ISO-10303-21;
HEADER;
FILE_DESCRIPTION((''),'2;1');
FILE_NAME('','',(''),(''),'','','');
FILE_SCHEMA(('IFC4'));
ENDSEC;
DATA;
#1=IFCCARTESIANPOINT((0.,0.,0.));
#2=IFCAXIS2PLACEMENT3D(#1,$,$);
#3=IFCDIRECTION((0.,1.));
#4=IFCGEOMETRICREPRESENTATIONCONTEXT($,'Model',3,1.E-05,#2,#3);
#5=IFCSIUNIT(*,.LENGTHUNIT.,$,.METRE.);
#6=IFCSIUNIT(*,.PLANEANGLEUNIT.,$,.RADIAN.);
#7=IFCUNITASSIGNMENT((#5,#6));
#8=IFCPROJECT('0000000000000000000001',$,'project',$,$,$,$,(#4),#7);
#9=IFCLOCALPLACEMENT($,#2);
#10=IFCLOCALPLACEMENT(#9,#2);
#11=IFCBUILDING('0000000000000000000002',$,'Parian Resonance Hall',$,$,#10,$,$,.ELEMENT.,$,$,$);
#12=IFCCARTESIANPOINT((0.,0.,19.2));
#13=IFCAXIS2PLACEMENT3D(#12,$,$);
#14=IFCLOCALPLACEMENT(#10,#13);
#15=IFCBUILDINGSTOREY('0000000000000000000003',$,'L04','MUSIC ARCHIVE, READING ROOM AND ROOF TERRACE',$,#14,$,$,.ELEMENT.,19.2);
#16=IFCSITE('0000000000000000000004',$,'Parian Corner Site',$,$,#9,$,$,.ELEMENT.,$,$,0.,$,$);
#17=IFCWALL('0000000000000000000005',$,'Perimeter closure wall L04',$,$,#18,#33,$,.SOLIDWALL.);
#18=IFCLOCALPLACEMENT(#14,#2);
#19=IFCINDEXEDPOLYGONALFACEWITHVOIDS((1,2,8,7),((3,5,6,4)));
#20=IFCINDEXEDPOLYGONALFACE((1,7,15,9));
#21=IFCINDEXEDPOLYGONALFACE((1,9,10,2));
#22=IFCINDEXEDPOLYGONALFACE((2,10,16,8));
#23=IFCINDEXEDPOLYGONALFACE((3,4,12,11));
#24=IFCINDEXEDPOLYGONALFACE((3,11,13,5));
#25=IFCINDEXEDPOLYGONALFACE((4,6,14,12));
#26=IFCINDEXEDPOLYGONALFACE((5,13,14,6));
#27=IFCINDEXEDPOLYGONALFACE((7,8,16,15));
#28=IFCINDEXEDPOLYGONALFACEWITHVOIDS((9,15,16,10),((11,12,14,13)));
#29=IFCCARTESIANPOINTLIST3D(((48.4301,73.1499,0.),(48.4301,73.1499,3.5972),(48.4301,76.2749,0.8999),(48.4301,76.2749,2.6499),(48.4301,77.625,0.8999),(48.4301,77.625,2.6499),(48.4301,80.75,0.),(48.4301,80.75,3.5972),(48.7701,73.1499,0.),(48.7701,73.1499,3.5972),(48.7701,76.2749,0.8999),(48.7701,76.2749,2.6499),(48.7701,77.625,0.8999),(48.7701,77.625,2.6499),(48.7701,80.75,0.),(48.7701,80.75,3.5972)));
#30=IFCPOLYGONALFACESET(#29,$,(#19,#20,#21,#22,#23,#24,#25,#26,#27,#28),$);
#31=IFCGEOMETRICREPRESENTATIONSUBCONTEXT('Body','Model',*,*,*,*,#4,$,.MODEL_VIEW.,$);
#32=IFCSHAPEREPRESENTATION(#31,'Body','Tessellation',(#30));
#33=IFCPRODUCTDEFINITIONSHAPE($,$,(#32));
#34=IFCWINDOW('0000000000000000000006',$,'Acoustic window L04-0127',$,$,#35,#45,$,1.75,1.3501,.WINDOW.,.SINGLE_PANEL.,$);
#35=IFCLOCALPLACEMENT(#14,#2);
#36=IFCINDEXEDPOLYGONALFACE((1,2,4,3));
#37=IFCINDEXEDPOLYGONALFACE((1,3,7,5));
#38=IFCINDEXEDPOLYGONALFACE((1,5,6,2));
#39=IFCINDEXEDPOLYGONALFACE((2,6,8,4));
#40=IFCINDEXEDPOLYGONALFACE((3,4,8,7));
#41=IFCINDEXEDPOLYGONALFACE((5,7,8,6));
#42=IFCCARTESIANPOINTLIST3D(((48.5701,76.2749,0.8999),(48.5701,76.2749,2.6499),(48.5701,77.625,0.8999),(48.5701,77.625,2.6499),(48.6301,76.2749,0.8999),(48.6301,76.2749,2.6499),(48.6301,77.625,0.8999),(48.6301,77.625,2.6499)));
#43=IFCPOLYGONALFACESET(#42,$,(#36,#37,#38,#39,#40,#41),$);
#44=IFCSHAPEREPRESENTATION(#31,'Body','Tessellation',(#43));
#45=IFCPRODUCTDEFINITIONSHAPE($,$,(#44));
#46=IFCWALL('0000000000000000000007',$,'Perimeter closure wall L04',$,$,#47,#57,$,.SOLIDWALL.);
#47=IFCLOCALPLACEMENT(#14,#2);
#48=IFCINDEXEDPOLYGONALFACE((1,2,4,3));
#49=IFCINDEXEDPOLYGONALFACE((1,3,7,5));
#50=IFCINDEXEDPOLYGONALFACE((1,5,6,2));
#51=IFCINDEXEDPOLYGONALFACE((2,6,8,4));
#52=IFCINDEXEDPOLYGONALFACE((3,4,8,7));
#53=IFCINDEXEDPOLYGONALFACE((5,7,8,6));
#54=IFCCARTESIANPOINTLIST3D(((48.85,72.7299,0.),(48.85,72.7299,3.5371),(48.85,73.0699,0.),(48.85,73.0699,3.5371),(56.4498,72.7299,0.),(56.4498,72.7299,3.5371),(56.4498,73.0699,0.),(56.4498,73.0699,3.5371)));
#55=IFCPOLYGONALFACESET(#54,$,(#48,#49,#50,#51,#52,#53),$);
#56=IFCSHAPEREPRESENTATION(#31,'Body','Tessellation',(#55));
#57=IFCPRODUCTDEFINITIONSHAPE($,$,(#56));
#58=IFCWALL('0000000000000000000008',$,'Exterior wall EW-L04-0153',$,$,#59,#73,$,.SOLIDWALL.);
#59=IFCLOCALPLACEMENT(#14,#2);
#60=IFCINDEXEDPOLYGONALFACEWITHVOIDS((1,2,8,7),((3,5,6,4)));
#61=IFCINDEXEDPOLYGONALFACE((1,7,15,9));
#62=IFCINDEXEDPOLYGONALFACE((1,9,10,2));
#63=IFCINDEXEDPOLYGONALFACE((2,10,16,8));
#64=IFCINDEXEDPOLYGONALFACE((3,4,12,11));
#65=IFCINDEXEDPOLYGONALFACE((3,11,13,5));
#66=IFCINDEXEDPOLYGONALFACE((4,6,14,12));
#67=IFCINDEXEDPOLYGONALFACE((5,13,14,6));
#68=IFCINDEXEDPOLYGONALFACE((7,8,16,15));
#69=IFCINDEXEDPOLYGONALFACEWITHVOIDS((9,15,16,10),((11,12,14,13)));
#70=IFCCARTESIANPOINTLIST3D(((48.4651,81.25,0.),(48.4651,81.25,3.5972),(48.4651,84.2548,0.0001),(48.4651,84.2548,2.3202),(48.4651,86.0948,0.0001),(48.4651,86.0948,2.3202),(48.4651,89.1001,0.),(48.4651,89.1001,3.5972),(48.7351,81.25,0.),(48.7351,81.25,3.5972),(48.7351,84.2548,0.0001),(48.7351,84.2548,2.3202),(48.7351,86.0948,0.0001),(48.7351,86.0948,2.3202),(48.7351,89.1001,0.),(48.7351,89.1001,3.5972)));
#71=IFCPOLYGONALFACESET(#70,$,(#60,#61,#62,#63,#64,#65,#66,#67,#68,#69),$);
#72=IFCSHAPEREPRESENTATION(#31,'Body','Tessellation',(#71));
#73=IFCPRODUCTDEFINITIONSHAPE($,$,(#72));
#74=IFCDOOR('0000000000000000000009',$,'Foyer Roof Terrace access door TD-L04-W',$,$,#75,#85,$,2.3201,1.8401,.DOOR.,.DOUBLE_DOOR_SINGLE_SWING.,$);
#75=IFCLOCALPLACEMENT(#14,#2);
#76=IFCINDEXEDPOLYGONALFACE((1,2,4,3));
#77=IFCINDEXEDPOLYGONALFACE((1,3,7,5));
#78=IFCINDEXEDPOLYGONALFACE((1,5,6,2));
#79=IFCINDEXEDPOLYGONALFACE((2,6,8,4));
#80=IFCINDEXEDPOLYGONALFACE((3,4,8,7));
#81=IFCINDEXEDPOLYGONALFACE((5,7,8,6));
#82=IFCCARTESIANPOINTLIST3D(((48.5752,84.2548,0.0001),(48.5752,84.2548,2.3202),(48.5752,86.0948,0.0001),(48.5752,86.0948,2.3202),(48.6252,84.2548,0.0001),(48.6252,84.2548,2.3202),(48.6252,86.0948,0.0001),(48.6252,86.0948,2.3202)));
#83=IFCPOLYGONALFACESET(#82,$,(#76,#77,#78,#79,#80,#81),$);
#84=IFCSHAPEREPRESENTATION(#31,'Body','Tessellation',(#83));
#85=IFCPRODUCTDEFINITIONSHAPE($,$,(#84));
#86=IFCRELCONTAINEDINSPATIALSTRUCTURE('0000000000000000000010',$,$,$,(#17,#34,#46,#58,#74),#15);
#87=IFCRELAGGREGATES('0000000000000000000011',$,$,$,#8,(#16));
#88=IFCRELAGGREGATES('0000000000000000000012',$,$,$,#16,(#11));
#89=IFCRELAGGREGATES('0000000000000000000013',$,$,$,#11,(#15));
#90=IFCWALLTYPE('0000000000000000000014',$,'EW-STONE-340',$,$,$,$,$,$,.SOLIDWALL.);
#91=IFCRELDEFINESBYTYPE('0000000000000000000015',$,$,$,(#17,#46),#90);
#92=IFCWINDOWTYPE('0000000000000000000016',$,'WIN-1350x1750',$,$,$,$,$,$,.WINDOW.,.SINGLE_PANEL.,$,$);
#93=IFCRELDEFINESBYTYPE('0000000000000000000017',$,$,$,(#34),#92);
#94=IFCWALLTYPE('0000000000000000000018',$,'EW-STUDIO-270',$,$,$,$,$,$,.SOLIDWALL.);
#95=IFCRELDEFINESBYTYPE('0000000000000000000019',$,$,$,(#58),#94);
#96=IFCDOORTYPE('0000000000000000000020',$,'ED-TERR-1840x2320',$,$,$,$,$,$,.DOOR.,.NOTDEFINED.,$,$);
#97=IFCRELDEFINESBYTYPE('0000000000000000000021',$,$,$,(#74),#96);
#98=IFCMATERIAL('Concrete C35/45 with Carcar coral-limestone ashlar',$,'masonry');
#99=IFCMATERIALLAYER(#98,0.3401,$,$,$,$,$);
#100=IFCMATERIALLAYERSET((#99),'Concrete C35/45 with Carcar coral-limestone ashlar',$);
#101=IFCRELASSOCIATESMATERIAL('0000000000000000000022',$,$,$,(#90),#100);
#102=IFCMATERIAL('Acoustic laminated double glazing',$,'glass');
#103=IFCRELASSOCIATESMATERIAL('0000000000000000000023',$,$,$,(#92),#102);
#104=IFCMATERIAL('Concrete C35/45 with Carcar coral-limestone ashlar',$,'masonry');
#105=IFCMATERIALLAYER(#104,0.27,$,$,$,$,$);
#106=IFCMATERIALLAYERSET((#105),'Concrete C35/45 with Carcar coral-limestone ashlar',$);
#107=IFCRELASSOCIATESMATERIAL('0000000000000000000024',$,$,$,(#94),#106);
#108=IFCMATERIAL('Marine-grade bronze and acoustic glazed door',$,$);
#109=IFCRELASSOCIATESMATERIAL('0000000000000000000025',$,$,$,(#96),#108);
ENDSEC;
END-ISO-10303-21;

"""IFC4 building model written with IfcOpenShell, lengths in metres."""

from ifc_helpers import new_model, si_unit, direction, frame, frame_2d, origin, place, context, subcontext, project, spatial, rectangle, extrude, material, layer, layer_set, type_object, element, fill, save


model = new_model("IFC4")

# Units and contexts
model_context = context("Model", 3, precision=1e-05, world=origin(), true_north=direction((0.0, 1.0)))
body_context = subcontext(model_context, "Body", "Model", "MODEL_VIEW")
ifc_project = project(units=[si_unit("LENGTHUNIT", "METRE"), si_unit("PLANEANGLEUNIT", "RADIAN")], contexts=[model_context])

# Site, building, storey
site_placement = place(None, origin())
site = spatial("IfcSite", under=ifc_project, at=site_placement, Name="Parian Corner Site", CompositionType="ELEMENT", RefElevation=0.0)
building_placement = place(site_placement, origin())
building = spatial("IfcBuilding", under=site, at=building_placement, Name="Parian Resonance Hall", CompositionType="ELEMENT")
storey_placement = place(building_placement, frame((0.0, 0.0, 19.2)))
storey = spatial("IfcBuildingStorey", under=building, at=storey_placement, Name="L04", Description="MUSIC ARCHIVE, READING ROOM AND ROOF TERRACE", CompositionType="ELEMENT", Elevation=19.2)

# Wall, opening, window
ifc_material_1 = material(Name="Concrete C35/45 with Carcar coral-limestone ashlar", Category="masonry")
ifc_layer_1 = layer(ifc_material_1, 0.3401)
ifc_layer_set_1 = layer_set([ifc_layer_1], Name="Concrete C35/45 with Carcar coral-limestone ashlar")
wall_type_1 = type_object("IfcWallType", Name="EW-STONE-340", PredefinedType="SOLIDWALL", material=ifc_layer_set_1)
wall_1_placement = place(storey_placement, frame((48.6001, 80.75, 0.0), z_axis=(0.0, 0.0, 1.0), x_axis=(0.0, -1.0, 0.0)))
wall_1 = element("IfcWall", 1, at=wall_1_placement, inside=storey, type_object=wall_type_1, Name="Perimeter closure wall L04", PredefinedType="SOLIDWALL", context=body_context, shape_type="SweptSolid", body=[
    extrude(rectangle(XDim=7.6001, YDim=0.3401, at=frame_2d((3.8, 0.0))), origin(), (0.0, 0.0, 1.0), 3.5972),
])
opening_1_placement = place(wall_1_placement, frame((3.125, 0.0, 0.8999)))
opening_1 = element("IfcOpeningElement", 2, at=opening_1_placement, cuts=wall_1, PredefinedType="OPENING", context=body_context, shape_type="SweptSolid", body=[
    extrude(rectangle(XDim=1.3501, YDim=1.75, at=frame_2d((0.675, 0.875))), frame((0.0, 0.1799, 0.0), z_axis=(0.0, -1.0, 0.0), x_axis=(1.0, 0.0, 0.0)), (0.0, 0.0, 1.0), 0.3601),
])
ifc_material_2 = material(Name="Acoustic laminated double glazing", Category="glass")
window_type = type_object("IfcWindowType", Name="WIN-1350x1750", PartitioningType="SINGLE_PANEL", PredefinedType="WINDOW", material=ifc_material_2)
window_placement = place(opening_1_placement, origin())
window = element("IfcWindow", 3, at=window_placement, inside=storey, type_object=window_type, Name="Acoustic window L04-0127", OverallHeight=1.75, OverallWidth=1.3501, PartitioningType="SINGLE_PANEL", PredefinedType="WINDOW", context=body_context, shape_type="SweptSolid", body=[
    extrude(rectangle(XDim=1.3501, YDim=1.75, at=frame_2d((0.675, 0.875))), frame((0.0, 0.03, 0.0), z_axis=(0.0, -1.0, 0.0), x_axis=(1.0, 0.0, 0.0)), (0.0, 0.0, 1.0), 0.0601),
])
fill(opening_1, window)

# Wall
wall_2_placement = place(storey_placement, frame((48.8501, 72.8999, 0.0), z_axis=(0.0, 0.0, 1.0), x_axis=(1.0, 0.0, 0.0)))
element("IfcWall", 4, at=wall_2_placement, inside=storey, type_object=wall_type_1, Name="Perimeter closure wall L04", PredefinedType="SOLIDWALL", context=body_context, shape_type="SweptSolid", body=[
    extrude(rectangle(XDim=7.5999, YDim=0.3401, at=frame_2d((3.7998, 0.0))), origin(), (0.0, 0.0, 1.0), 3.5371),
])

# Wall, opening, door
ifc_material_3 = material(Name="Concrete C35/45 with Carcar coral-limestone ashlar", Category="masonry")
ifc_layer_2 = layer(ifc_material_3, 0.27)
ifc_layer_set_2 = layer_set([ifc_layer_2], Name="Concrete C35/45 with Carcar coral-limestone ashlar")
wall_type_2 = type_object("IfcWallType", Name="EW-STUDIO-270", PredefinedType="SOLIDWALL", material=ifc_layer_set_2)
wall_3_placement = place(storey_placement, frame((48.6001, 81.25, 0.0), z_axis=(0.0, 0.0, 1.0), x_axis=(0.0, 1.0, 0.0)))
wall_3 = element("IfcWall", 5, at=wall_3_placement, inside=storey, type_object=wall_type_2, Name="Exterior wall EW-L04-0153", PredefinedType="SOLIDWALL", context=body_context, shape_type="SweptSolid", body=[
    extrude(rectangle(XDim=7.8501, YDim=0.27, at=frame_2d((3.925, 0.0))), origin(), (0.0, 0.0, 1.0), 3.5972),
])
opening_2_placement = place(wall_3_placement, frame((3.0049, 0.0, 0.0)))
opening_2 = element("IfcOpeningElement", 6, at=opening_2_placement, cuts=wall_3, PredefinedType="OPENING", context=body_context, shape_type="SweptSolid", body=[
    extrude(rectangle(XDim=1.8401, YDim=2.3201, at=frame_2d((0.9199, 1.1602))), frame((0.0, 0.145, 0.0), z_axis=(0.0, -1.0, 0.0), x_axis=(1.0, 0.0, 0.0)), (0.0, 0.0, 1.0), 0.29),
])
ifc_material_4 = material(Name="Marine-grade bronze and acoustic glazed door")
door_type = type_object("IfcDoorType", Name="ED-TERR-1840x2320", OperationType="NOTDEFINED", PredefinedType="DOOR", material=ifc_material_4)
door_placement = place(opening_2_placement, origin())
door = element("IfcDoor", 7, at=door_placement, inside=storey, type_object=door_type, Name="Foyer Roof Terrace access door TD-L04-W", OperationType="DOUBLE_DOOR_SINGLE_SWING", OverallHeight=2.3201, OverallWidth=1.8401, PredefinedType="DOOR", context=body_context, shape_type="SweptSolid", body=[
    extrude(rectangle(XDim=1.8401, YDim=2.3201, at=frame_2d((0.9199, 1.1602))), frame((0.0, 0.0249, 0.0), z_axis=(0.0, -1.0, 0.0), x_axis=(1.0, 0.0, 0.0)), (0.0, 0.0, 1.0), 0.05),
])
fill(opening_2, door)

save(model, "model.ifc")
